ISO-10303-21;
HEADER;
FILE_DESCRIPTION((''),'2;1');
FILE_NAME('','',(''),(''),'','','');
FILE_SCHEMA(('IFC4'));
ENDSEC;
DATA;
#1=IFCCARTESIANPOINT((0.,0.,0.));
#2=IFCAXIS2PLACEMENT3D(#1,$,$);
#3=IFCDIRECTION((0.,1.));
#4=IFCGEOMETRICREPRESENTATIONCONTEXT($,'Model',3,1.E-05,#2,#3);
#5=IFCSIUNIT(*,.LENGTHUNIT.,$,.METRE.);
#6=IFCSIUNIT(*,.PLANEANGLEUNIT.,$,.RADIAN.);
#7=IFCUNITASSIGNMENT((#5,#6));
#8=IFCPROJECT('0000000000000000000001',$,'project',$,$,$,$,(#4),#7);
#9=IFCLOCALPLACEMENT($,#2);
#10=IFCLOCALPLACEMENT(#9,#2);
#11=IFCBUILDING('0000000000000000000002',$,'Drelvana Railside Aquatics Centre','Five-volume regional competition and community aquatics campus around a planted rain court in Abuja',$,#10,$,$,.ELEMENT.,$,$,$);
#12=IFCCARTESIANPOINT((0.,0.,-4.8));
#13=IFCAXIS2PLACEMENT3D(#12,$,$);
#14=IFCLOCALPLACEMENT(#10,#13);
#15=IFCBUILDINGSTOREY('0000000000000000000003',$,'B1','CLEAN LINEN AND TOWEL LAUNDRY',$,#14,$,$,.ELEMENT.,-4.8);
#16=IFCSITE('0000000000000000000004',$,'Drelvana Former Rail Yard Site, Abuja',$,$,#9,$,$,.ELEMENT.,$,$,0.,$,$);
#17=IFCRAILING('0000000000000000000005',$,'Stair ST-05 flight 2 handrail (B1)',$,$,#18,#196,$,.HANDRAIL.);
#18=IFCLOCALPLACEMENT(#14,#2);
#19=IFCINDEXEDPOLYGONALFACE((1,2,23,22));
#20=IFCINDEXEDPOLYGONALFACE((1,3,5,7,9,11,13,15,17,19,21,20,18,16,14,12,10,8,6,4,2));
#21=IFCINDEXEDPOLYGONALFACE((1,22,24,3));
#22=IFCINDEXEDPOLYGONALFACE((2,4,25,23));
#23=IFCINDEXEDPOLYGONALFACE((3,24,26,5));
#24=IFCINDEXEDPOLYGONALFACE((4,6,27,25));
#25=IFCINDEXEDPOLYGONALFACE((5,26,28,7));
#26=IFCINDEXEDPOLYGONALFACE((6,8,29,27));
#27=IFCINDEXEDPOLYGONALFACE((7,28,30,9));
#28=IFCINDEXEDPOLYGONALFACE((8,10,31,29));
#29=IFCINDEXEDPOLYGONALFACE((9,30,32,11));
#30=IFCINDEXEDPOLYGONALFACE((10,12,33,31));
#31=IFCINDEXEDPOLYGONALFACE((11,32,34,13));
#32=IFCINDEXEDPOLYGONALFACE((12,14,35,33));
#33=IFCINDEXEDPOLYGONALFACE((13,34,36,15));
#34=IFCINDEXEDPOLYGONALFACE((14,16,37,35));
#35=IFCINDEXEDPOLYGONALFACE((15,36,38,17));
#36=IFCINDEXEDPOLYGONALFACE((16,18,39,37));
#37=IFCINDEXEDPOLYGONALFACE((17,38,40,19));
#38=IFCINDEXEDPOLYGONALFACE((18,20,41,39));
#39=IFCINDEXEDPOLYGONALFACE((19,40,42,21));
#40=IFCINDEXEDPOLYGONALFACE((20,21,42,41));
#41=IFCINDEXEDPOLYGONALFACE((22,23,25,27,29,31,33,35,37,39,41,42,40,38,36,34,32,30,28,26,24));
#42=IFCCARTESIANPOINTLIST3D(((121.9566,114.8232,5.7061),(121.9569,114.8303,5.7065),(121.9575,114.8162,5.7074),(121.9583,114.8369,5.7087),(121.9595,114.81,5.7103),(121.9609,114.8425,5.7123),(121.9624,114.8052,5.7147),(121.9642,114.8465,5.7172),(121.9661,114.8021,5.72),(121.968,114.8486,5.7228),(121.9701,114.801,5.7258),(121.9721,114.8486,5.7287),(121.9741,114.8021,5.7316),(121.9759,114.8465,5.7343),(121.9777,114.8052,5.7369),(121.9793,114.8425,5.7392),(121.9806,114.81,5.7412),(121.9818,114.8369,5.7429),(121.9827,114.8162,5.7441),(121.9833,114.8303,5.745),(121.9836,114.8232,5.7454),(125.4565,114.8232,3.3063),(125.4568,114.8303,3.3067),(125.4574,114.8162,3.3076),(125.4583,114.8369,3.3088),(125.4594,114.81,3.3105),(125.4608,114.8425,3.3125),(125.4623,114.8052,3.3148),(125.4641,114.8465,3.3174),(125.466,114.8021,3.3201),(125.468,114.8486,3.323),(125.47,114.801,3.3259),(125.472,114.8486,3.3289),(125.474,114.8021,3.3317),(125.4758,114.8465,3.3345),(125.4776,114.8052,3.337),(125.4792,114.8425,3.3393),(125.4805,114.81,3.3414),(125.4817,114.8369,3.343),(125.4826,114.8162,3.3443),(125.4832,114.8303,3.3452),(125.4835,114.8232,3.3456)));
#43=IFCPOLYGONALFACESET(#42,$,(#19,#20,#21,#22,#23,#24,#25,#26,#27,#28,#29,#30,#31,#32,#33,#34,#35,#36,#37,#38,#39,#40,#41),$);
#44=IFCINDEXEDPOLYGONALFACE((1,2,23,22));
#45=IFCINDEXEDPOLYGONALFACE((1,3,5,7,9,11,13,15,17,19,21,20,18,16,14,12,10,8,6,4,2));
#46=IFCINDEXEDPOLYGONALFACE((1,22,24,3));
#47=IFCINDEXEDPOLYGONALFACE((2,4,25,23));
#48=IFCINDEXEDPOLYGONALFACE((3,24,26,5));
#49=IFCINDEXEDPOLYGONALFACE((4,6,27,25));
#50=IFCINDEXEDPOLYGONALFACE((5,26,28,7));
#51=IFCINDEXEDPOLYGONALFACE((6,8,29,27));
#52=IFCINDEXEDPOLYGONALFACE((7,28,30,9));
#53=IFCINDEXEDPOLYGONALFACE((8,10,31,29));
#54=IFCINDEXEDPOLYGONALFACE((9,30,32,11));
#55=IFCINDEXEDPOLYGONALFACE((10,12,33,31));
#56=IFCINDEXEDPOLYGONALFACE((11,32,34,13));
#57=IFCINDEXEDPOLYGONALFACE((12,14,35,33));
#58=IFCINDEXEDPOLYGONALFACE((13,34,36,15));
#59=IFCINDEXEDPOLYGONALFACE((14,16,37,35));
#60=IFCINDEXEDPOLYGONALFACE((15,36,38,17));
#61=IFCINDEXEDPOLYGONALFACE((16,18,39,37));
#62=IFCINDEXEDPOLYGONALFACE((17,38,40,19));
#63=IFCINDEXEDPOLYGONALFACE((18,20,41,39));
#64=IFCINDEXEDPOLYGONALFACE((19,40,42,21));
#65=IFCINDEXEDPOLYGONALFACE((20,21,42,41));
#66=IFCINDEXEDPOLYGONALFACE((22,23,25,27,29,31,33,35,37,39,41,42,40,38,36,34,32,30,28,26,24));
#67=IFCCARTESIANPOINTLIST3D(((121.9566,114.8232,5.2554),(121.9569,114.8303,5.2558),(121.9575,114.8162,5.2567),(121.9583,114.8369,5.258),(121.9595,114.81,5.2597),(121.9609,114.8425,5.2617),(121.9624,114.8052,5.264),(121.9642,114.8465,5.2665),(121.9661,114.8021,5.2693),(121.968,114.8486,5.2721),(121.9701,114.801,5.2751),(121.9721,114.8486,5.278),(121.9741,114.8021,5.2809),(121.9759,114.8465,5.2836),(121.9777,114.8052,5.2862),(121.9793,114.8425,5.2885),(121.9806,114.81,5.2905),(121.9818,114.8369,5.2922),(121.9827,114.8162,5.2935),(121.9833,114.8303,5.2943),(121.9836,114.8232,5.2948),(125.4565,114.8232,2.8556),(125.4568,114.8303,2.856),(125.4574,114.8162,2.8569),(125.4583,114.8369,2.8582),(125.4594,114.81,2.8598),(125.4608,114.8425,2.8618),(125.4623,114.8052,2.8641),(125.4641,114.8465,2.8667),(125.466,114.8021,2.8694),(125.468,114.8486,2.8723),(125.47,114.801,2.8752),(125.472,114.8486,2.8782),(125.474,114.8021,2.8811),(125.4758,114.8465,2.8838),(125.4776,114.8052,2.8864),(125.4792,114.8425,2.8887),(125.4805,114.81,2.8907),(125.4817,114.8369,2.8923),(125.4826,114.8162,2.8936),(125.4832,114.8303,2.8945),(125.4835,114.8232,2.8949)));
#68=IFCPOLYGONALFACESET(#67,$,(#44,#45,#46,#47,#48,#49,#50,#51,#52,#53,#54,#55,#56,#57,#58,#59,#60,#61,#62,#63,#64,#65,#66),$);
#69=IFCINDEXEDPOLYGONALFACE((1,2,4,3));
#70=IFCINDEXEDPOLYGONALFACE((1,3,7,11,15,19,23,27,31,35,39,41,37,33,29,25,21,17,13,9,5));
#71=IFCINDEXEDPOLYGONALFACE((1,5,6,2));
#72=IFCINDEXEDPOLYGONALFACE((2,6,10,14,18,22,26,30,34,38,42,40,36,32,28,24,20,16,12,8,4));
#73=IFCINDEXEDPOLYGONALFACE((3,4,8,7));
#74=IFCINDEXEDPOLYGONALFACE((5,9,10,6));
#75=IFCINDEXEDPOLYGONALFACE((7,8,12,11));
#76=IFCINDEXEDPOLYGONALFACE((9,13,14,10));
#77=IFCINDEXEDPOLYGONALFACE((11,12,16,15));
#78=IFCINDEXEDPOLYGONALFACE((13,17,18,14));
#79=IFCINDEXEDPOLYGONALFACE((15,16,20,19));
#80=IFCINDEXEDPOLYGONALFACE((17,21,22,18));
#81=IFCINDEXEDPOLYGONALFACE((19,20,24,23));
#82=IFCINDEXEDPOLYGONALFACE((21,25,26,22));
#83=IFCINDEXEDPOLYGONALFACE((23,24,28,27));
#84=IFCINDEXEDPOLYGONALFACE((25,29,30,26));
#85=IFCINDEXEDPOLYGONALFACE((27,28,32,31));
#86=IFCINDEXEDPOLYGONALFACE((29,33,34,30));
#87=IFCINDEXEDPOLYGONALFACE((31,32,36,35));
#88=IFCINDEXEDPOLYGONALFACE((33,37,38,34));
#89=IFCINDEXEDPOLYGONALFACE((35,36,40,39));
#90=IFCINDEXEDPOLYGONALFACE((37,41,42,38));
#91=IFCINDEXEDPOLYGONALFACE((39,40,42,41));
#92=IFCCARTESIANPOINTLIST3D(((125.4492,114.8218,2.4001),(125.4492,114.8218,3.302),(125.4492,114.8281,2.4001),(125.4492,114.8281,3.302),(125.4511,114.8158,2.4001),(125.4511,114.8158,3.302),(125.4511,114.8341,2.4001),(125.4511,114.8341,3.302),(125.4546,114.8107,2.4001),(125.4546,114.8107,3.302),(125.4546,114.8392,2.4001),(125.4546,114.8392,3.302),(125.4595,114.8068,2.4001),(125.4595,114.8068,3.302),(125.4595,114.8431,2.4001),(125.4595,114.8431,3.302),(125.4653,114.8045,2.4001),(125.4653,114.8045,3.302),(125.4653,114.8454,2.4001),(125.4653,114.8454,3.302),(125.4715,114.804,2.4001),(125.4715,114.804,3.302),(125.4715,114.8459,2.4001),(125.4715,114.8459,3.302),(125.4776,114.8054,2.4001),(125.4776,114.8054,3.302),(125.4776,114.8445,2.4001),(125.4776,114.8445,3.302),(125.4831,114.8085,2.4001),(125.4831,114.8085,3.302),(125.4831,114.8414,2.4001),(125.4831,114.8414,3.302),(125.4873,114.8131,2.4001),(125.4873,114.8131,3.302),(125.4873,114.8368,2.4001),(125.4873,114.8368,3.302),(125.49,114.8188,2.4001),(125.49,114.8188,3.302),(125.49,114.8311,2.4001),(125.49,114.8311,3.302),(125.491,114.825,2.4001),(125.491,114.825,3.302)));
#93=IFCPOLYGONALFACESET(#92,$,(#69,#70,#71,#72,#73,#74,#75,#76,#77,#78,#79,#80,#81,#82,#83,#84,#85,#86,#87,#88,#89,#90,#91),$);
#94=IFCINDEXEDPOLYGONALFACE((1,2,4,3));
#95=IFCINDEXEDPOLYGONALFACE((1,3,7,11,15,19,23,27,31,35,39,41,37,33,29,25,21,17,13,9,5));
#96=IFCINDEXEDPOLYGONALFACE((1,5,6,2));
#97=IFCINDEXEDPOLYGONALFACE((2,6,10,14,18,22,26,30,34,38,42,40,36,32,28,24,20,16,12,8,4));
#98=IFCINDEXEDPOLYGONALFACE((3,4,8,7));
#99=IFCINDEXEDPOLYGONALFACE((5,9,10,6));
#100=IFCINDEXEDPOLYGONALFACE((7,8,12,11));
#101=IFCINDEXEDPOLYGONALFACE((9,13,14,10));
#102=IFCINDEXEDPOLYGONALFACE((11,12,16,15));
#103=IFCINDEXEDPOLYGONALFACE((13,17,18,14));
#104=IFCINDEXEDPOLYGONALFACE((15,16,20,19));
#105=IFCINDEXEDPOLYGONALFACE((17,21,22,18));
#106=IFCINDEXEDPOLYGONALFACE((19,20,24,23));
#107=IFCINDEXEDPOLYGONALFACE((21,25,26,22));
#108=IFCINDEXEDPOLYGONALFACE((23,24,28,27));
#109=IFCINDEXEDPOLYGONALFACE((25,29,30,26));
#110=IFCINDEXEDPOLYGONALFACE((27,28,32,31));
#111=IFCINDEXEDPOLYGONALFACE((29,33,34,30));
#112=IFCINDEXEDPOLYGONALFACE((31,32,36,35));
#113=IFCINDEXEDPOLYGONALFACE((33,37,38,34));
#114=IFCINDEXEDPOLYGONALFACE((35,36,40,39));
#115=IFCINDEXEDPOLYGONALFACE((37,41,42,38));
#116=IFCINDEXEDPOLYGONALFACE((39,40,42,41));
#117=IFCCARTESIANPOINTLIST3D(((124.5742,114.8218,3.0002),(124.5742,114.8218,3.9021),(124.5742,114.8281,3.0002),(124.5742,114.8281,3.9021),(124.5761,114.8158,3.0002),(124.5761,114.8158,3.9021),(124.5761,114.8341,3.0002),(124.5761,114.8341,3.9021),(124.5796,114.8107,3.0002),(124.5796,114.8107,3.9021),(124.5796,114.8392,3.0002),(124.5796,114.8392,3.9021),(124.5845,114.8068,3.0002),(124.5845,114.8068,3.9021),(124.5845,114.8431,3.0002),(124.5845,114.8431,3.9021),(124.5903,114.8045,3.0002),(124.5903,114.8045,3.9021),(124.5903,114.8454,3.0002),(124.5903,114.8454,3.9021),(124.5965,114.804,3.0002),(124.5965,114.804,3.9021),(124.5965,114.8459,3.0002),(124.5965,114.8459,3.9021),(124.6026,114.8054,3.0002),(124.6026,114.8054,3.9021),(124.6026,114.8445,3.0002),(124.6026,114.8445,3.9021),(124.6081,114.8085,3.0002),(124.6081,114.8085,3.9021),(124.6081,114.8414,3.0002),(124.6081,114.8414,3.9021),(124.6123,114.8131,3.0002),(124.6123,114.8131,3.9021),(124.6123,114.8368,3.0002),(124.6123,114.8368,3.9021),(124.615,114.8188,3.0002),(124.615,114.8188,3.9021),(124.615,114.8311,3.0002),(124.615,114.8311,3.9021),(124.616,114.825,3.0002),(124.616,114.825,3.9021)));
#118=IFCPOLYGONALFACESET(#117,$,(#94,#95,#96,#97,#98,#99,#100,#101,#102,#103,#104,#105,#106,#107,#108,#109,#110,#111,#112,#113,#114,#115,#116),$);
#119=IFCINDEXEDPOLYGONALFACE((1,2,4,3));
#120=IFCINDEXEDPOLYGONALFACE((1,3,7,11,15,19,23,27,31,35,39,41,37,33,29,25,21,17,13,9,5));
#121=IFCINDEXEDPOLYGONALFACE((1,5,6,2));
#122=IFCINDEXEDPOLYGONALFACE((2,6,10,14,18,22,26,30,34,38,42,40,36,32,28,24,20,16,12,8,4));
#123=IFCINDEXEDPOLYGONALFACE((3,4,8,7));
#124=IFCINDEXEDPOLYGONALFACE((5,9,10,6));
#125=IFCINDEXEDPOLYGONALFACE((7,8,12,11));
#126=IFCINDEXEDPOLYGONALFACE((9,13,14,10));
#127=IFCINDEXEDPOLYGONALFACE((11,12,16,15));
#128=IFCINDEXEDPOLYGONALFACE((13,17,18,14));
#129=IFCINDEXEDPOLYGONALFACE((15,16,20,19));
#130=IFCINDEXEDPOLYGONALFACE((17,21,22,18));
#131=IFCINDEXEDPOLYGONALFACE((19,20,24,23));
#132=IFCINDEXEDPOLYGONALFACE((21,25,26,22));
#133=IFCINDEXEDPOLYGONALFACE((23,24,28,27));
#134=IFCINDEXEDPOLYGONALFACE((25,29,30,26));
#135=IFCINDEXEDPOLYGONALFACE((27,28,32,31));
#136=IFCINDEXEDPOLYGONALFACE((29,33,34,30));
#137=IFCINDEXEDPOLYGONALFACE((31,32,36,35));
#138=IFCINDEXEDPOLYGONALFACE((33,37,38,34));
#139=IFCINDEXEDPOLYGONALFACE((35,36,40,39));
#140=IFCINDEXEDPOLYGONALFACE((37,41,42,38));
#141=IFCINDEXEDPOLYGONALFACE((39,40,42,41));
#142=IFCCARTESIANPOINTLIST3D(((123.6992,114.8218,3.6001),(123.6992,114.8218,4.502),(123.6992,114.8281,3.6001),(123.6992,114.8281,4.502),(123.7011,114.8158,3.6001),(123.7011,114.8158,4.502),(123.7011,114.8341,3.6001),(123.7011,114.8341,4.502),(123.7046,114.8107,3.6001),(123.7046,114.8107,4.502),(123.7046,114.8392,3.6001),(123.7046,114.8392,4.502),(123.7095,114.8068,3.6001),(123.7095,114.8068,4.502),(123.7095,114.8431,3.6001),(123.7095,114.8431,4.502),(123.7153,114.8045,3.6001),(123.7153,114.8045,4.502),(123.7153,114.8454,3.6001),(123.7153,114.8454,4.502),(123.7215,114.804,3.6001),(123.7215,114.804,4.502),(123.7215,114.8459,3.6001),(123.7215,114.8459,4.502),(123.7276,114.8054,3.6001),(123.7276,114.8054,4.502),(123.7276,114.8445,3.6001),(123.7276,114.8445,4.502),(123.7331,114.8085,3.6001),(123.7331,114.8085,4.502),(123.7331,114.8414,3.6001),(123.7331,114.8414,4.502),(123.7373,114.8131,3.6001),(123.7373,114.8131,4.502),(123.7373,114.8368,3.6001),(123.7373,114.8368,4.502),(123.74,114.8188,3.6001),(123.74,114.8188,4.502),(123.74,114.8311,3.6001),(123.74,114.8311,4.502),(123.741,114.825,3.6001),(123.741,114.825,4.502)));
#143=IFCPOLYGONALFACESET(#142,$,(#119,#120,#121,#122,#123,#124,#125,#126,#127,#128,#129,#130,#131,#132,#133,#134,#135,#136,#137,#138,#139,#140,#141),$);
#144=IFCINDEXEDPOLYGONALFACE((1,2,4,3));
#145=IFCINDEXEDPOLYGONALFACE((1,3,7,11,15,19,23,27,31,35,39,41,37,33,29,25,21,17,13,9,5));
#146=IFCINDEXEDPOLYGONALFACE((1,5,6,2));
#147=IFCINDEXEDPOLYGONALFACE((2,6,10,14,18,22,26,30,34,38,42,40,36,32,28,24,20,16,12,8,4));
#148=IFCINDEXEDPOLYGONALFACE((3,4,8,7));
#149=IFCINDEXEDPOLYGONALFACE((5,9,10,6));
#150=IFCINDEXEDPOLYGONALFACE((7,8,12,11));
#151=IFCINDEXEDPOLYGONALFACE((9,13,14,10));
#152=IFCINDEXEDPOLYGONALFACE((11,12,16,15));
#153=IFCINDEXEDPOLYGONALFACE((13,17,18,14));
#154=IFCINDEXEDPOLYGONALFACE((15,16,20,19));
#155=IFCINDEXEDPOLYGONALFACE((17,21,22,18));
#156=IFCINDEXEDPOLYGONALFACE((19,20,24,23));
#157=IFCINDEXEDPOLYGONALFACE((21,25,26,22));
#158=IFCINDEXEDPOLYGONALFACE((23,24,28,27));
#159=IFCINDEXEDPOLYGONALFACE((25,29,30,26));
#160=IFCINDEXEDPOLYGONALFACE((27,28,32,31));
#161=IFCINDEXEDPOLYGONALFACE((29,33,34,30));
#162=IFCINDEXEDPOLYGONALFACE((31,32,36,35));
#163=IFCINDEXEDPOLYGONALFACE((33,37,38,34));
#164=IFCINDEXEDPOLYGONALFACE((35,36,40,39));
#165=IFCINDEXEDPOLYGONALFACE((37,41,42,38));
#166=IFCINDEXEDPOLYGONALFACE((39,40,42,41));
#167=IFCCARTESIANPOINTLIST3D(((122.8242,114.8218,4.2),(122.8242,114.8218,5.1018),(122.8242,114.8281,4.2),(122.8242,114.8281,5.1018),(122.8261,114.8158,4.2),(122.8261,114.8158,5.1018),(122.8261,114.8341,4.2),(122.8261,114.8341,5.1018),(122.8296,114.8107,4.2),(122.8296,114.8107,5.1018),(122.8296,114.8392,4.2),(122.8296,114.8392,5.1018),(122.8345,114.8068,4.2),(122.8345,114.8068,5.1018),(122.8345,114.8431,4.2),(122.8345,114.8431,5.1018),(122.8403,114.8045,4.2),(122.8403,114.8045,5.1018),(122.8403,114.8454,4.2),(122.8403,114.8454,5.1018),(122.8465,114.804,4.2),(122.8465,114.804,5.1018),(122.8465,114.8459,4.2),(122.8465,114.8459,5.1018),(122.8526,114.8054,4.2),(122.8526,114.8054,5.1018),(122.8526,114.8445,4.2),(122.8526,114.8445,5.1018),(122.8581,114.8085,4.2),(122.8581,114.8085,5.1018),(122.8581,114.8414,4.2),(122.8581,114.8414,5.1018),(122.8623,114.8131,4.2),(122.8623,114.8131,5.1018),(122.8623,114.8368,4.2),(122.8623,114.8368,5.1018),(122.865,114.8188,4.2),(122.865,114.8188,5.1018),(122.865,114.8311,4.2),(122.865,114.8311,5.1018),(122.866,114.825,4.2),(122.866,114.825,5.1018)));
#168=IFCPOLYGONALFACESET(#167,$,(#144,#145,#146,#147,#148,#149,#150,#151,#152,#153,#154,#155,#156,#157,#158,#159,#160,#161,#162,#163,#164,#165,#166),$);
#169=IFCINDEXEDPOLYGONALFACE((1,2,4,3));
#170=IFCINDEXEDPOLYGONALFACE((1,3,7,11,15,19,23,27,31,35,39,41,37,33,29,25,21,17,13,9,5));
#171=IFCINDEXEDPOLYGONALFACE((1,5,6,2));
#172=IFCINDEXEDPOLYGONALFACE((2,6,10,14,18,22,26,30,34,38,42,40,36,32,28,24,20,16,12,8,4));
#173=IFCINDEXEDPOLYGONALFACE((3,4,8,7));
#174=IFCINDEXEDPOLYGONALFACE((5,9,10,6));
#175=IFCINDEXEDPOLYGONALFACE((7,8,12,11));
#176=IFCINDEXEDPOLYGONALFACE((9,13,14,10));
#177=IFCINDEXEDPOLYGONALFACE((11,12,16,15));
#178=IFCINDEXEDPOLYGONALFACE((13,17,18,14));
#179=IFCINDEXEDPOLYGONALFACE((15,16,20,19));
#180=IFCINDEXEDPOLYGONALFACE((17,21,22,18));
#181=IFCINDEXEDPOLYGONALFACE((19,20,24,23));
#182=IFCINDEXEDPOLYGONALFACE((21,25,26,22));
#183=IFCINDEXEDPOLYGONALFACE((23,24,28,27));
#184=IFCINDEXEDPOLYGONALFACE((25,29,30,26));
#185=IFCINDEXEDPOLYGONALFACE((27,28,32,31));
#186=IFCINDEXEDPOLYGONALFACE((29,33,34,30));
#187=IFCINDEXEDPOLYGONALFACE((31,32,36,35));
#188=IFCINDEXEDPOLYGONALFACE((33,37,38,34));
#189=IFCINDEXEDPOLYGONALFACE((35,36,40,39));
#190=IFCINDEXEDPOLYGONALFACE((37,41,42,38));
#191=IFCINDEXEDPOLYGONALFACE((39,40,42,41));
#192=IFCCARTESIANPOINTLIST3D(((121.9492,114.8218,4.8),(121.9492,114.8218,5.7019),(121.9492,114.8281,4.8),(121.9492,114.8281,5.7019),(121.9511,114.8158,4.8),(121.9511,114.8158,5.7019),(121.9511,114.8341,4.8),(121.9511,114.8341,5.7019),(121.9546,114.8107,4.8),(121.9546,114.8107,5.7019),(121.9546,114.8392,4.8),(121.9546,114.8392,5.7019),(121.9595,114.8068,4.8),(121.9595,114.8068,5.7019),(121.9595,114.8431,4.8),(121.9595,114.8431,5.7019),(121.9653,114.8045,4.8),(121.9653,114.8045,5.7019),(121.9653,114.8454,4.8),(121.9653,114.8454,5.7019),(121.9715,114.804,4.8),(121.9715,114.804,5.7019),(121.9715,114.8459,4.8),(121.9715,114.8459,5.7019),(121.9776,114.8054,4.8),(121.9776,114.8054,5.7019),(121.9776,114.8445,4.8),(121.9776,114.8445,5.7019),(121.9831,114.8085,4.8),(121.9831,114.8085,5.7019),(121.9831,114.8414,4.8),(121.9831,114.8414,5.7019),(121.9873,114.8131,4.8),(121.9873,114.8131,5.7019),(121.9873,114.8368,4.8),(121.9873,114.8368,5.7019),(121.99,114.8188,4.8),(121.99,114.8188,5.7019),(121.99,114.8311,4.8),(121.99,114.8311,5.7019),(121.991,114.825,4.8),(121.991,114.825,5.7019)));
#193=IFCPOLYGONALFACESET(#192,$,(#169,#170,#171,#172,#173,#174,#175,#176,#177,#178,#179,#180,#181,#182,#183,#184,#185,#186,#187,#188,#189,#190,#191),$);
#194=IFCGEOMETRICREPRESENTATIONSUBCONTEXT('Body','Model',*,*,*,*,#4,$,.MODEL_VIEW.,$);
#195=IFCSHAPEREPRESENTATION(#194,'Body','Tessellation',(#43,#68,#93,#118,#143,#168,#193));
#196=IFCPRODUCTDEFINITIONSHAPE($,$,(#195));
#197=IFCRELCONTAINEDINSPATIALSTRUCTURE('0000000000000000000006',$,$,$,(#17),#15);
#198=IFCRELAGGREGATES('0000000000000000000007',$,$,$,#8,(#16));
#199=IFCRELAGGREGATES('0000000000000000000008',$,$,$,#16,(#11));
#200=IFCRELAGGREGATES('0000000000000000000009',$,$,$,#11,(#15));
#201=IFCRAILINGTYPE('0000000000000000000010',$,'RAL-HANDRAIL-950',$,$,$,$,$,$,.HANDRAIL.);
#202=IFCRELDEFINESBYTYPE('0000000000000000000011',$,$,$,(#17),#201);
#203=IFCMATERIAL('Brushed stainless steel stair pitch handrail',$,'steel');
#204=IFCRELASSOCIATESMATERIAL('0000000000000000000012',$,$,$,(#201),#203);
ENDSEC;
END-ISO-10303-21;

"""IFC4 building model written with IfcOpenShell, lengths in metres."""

from ifc_helpers import new_model, si_unit, direction, frame, origin, origin_2d, place, context, subcontext, project, spatial, circle, extrude, material, type_object, element, save


model = new_model("IFC4")

# Units and contexts
model_context = context("Model", 3, precision=1e-05, world=origin(), true_north=direction((0.0, 1.0)))
body_context = subcontext(model_context, "Body", "Model", "MODEL_VIEW")
ifc_project = project(units=[si_unit("LENGTHUNIT", "METRE"), si_unit("PLANEANGLEUNIT", "RADIAN")], contexts=[model_context])

# Site, building, storey
site_placement = place(None, origin())
site = spatial("IfcSite", under=ifc_project, at=site_placement, Name="Drelvana Former Rail Yard Site, Abuja", CompositionType="ELEMENT", RefElevation=0.0)
building_placement = place(site_placement, origin())
building = spatial("IfcBuilding", under=site, at=building_placement, Name="Drelvana Railside Aquatics Centre", Description="Five-volume regional competition and community aquatics campus around a planted rain court in Abuja", CompositionType="ELEMENT")
storey_placement = place(building_placement, frame((0.0, 0.0, -4.8)))
storey = spatial("IfcBuildingStorey", under=building, at=storey_placement, Name="B1", Description="CLEAN LINEN AND TOWEL LAUNDRY", CompositionType="ELEMENT", Elevation=-4.8)

# Railing
ifc_material_1 = material(Name="Brushed stainless steel stair pitch handrail", Category="steel")
railing_type = type_object("IfcRailingType", Name="RAL-HANDRAIL-950", PredefinedType="HANDRAIL", material=ifc_material_1)
railing_1_placement = place(storey_placement, frame((125.47, 114.825, 2.4001)))
element("IfcRailing", 1, at=railing_1_placement, inside=storey, type_object=railing_type, Name="Stair ST-05 flight 2 handrail (B1)", PredefinedType="HANDRAIL", context=body_context, shape_type="SweptSolid", body=[
    extrude(circle(Radius=0.0239, at=origin_2d()), frame((0.0, 0.0, 0.9258), z_axis=(-0.82474, 0.0, 0.565513), x_axis=(0.0, -1.0, 0.0)), (0.0, 0.0, 1.0), 4.2437),
    extrude(circle(Radius=0.0239, at=origin_2d()), frame((0.0, 0.0, 0.4751), z_axis=(-0.82474, 0.0, 0.565513), x_axis=(0.0, -1.0, 0.0)), (0.0, 0.0, 1.0), 4.2437),
    extrude(circle(Radius=0.021, at=origin_2d()), origin(), (0.0, 0.0, 1.0), 0.9019),
    extrude(circle(Radius=0.021, at=origin_2d()), frame((-0.875, 0.0, 0.6001)), (0.0, 0.0, 1.0), 0.9019),
    extrude(circle(Radius=0.021, at=origin_2d()), frame((-1.75, 0.0, 1.2)), (0.0, 0.0, 1.0), 0.9019),
    extrude(circle(Radius=0.021, at=origin_2d()), frame((-2.625, 0.0, 1.7998)), (0.0, 0.0, 1.0), 0.9019),
    extrude(circle(Radius=0.021, at=origin_2d()), frame((-3.5, 0.0, 2.3999)), (0.0, 0.0, 1.0), 0.9019),
])

save(model, "model.ifc")
